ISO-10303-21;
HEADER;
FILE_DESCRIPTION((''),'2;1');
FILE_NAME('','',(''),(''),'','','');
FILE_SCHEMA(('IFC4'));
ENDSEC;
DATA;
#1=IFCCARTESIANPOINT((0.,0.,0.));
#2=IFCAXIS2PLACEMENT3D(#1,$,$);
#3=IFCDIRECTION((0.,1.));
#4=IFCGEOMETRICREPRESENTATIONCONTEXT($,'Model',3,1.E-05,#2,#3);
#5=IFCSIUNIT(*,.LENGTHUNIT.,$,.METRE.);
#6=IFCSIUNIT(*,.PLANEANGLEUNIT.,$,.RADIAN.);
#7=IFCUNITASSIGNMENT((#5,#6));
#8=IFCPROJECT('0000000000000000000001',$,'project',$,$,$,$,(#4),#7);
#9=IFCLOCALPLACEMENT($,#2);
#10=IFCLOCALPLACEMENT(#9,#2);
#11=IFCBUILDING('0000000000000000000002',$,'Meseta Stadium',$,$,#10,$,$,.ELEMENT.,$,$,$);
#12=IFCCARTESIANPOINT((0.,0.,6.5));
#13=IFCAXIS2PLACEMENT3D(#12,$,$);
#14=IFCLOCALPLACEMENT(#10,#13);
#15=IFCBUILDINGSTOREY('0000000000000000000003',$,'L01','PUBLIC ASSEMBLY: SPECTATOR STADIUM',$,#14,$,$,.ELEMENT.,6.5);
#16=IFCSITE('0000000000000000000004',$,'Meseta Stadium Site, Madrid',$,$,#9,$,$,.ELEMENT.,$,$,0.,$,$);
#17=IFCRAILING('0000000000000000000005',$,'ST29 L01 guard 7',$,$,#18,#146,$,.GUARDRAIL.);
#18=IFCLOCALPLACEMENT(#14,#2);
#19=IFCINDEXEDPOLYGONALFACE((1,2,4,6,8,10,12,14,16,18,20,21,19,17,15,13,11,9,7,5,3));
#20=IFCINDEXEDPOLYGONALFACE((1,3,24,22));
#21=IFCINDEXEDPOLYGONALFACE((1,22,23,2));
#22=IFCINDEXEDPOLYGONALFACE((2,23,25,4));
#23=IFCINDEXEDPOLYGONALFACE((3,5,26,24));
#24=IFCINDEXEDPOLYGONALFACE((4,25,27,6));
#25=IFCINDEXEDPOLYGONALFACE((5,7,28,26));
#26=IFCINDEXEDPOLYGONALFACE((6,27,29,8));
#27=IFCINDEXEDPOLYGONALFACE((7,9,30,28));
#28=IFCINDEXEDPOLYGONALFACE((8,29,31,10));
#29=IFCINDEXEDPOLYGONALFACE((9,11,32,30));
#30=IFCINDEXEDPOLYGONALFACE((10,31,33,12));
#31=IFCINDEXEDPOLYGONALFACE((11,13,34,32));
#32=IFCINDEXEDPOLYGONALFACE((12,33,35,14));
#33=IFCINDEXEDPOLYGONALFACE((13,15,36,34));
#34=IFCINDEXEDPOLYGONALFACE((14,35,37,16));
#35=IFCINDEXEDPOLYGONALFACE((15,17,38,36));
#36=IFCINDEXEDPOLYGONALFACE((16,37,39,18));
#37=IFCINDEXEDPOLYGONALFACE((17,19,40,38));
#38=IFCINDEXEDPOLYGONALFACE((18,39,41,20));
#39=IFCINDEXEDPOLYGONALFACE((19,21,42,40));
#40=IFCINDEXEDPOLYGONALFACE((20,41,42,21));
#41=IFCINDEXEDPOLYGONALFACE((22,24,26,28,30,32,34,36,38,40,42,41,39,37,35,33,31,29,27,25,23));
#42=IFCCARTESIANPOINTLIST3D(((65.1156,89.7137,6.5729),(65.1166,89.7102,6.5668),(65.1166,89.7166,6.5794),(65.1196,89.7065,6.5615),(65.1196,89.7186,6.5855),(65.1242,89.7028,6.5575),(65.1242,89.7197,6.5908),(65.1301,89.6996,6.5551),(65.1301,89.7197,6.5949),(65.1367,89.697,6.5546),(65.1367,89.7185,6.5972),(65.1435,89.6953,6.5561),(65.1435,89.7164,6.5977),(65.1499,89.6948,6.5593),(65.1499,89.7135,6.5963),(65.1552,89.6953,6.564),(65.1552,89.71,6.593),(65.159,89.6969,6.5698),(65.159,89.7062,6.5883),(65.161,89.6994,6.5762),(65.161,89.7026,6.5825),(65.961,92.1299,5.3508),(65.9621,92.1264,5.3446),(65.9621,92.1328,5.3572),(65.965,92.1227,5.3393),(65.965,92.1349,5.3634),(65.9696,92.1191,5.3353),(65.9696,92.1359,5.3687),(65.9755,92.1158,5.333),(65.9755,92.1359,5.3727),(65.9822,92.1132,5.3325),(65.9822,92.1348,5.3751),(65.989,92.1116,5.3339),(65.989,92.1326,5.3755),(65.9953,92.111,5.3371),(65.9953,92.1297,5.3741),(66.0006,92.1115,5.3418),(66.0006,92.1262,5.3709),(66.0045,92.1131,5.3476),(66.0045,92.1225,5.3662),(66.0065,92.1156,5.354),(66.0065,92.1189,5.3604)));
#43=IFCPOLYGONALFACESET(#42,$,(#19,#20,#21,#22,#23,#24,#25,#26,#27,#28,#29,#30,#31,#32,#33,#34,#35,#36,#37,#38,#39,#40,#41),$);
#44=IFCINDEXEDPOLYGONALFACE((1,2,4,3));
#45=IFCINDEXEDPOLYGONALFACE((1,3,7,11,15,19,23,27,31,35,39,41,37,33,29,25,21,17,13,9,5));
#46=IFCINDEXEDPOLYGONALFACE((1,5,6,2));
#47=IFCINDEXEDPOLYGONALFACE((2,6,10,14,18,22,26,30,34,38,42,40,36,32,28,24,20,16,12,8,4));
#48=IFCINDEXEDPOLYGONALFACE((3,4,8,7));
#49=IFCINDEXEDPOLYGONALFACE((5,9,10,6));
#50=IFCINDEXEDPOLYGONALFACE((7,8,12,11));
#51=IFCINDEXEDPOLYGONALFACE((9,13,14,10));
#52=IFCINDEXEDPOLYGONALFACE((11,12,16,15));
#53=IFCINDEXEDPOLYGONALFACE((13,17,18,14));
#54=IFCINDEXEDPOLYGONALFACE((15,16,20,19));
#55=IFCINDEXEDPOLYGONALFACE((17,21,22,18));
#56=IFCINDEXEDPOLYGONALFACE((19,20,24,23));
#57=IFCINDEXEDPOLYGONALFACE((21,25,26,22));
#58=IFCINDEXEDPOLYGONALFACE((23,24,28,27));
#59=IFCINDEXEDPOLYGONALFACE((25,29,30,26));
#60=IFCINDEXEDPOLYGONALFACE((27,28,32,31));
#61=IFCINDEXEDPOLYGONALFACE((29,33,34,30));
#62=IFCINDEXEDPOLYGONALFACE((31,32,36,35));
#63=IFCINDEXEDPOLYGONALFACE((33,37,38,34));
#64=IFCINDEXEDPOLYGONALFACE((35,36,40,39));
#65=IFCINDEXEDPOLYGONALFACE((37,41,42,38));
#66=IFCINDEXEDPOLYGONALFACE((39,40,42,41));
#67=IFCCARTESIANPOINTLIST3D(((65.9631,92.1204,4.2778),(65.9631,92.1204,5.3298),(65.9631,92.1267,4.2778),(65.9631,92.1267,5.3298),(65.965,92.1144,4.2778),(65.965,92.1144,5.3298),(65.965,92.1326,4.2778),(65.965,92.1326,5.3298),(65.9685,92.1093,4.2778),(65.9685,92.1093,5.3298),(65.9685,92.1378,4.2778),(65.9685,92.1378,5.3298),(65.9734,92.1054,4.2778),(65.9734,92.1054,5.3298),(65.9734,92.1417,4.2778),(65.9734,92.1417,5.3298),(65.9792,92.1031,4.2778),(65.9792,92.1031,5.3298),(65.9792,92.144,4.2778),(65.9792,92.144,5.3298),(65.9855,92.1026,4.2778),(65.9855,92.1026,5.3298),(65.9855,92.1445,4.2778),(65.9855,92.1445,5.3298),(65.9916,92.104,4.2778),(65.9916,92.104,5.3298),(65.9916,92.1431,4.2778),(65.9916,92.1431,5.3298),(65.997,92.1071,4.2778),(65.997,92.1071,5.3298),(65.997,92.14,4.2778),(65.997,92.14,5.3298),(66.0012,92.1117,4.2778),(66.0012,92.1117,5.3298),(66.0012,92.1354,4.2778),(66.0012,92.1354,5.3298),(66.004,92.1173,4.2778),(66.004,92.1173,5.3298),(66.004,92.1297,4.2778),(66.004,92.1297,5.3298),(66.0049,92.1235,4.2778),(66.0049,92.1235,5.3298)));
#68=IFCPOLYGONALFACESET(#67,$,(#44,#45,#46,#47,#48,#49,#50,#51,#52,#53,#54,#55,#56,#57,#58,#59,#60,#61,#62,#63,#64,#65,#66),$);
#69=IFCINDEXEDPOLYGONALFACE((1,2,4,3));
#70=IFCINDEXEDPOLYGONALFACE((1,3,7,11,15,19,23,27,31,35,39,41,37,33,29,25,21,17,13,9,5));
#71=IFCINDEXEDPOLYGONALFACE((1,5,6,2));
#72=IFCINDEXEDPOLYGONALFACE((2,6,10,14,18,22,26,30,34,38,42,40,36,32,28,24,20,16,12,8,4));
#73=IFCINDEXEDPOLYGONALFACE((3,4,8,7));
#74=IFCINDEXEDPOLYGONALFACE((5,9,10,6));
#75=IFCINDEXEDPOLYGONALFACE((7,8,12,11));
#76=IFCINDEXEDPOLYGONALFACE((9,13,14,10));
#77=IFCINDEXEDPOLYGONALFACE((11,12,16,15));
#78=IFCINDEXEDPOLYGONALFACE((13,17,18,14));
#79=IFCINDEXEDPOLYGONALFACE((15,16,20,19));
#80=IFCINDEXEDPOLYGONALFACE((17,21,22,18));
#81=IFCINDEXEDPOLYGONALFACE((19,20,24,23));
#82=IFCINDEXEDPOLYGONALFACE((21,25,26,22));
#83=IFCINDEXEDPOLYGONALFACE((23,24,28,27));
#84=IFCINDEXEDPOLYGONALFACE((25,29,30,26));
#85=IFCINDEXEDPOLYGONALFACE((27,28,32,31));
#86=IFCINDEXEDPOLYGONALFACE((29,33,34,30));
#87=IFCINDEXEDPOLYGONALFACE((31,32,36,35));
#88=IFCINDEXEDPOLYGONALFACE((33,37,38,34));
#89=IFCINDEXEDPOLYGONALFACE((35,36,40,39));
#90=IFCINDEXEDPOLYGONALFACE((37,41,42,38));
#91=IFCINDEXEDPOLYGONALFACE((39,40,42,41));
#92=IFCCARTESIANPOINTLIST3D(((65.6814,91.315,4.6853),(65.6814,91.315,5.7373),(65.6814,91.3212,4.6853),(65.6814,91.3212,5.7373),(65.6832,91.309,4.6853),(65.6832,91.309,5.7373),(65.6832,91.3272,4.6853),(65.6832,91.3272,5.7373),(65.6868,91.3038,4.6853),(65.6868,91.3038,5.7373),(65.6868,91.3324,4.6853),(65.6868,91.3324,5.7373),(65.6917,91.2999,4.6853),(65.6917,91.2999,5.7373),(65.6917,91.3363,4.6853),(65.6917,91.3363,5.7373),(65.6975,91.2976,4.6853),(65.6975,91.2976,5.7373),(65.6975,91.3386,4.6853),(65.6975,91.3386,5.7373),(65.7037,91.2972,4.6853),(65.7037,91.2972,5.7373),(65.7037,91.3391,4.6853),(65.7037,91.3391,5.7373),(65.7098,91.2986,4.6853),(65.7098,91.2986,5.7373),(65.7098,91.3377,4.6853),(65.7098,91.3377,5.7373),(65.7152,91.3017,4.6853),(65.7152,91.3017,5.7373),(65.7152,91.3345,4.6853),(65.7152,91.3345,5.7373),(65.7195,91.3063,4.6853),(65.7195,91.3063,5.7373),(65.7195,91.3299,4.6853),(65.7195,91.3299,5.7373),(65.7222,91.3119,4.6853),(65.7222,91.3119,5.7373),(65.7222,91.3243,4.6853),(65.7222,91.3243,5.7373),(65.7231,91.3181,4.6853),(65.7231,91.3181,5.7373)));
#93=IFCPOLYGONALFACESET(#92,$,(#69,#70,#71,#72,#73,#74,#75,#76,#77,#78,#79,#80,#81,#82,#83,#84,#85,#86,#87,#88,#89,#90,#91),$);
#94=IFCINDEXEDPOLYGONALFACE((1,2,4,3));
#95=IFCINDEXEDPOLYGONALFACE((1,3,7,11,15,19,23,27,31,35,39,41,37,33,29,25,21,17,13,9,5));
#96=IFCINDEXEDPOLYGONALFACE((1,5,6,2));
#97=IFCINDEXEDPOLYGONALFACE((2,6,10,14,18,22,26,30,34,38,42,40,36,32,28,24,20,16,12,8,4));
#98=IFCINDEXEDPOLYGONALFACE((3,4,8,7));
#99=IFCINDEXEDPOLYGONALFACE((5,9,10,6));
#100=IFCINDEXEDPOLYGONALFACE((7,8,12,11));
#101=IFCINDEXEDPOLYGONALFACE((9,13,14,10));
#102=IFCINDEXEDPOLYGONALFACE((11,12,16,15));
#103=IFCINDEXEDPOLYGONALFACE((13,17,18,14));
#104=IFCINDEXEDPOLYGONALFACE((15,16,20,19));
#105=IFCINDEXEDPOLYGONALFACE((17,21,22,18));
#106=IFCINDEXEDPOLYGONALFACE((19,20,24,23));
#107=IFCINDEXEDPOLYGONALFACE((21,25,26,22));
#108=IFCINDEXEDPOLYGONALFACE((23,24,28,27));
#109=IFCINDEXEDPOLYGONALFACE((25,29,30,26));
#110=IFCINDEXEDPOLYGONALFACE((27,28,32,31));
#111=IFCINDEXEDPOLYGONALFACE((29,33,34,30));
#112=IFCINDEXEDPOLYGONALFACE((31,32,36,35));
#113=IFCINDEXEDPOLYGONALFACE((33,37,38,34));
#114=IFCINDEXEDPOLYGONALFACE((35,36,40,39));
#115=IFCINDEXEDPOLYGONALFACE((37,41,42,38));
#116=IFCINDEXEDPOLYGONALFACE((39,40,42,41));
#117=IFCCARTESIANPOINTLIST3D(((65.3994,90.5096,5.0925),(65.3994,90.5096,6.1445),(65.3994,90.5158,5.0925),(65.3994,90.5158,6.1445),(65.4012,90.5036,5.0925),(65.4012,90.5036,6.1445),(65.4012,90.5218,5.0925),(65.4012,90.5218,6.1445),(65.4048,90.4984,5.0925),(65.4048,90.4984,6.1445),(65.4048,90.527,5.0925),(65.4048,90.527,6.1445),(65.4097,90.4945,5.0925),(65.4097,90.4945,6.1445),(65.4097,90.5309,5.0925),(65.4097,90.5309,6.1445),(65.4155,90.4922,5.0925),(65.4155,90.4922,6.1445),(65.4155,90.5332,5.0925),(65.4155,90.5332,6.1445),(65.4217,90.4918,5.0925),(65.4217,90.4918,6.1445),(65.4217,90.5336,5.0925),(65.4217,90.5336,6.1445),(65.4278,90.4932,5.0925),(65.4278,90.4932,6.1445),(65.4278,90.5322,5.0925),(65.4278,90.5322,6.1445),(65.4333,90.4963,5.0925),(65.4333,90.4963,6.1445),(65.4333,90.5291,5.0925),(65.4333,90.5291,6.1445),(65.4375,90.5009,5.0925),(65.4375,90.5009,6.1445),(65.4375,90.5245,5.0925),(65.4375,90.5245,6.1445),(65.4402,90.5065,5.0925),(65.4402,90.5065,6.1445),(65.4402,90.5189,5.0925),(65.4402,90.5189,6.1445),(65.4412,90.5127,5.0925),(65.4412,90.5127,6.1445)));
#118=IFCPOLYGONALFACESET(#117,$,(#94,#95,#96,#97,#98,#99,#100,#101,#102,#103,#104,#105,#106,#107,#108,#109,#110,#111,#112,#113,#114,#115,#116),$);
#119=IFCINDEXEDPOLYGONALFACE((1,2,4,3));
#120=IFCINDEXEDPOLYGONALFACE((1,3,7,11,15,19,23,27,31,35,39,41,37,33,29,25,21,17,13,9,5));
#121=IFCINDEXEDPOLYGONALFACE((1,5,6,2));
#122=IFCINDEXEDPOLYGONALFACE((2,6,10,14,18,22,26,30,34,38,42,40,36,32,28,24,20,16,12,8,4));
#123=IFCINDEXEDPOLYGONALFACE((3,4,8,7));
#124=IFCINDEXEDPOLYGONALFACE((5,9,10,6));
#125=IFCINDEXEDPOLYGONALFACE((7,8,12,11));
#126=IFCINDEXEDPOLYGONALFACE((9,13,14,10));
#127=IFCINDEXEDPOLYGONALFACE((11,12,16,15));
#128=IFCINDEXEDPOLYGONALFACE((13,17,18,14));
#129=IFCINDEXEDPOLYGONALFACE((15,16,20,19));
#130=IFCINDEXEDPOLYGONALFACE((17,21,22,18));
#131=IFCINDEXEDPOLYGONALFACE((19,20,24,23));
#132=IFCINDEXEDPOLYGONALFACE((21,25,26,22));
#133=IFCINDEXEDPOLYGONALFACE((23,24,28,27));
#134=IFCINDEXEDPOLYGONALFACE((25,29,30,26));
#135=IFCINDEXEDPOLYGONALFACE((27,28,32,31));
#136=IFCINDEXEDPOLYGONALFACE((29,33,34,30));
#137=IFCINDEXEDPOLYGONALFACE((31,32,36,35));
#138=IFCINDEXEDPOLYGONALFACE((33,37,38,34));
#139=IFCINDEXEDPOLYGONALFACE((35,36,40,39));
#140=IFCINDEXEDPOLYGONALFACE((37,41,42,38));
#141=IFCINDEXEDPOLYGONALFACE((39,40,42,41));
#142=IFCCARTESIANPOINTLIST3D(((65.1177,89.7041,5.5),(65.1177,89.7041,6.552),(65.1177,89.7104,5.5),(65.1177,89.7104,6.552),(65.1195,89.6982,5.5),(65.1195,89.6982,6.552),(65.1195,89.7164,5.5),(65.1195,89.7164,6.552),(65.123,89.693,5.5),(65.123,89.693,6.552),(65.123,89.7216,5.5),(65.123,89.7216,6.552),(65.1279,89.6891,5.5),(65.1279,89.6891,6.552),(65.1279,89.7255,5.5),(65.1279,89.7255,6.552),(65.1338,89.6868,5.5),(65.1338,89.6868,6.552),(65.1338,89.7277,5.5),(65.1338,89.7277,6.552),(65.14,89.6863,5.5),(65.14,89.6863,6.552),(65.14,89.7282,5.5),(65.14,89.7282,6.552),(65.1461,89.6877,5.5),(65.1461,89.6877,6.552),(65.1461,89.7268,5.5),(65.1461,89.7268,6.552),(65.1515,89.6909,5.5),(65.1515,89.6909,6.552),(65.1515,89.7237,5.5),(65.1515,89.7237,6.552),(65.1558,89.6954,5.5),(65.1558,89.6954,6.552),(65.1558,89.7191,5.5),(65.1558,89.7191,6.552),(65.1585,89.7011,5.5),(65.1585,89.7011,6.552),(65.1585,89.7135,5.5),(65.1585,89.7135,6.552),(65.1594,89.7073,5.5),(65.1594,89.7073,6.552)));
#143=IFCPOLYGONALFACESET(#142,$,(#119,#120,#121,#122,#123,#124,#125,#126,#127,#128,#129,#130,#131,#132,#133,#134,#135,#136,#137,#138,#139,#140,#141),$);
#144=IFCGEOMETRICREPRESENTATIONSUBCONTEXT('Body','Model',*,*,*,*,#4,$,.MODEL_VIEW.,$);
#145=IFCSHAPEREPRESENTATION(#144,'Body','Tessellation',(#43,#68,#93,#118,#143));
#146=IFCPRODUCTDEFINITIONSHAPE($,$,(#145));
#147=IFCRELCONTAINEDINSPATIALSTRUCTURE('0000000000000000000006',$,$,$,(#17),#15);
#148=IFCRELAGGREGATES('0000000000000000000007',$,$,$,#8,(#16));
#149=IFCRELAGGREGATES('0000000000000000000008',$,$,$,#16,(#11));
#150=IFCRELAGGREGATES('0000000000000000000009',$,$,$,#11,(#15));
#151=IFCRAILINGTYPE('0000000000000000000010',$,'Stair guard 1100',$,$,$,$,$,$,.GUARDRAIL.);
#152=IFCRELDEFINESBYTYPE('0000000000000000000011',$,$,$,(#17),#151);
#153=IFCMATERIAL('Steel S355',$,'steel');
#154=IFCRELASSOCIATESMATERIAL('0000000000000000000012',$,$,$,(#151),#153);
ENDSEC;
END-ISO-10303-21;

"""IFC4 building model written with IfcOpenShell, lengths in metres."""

from ifc_helpers import new_model, si_unit, direction, frame, origin, origin_2d, place, context, subcontext, project, spatial, circle, extrude, material, type_object, element, save


model = new_model("IFC4")

# Units and contexts
model_context = context("Model", 3, precision=1e-05, world=origin(), true_north=direction((0.0, 1.0)))
body_context = subcontext(model_context, "Body", "Model", "MODEL_VIEW")
ifc_project = project(units=[si_unit("LENGTHUNIT", "METRE"), si_unit("PLANEANGLEUNIT", "RADIAN")], contexts=[model_context])

# Site, building, storey
site_placement = place(None, origin())
site = spatial("IfcSite", under=ifc_project, at=site_placement, Name="Meseta Stadium Site, Madrid", CompositionType="ELEMENT", RefElevation=0.0)
building_placement = place(site_placement, origin())
building = spatial("IfcBuilding", under=site, at=building_placement, Name="Meseta Stadium", CompositionType="ELEMENT")
storey_placement = place(building_placement, frame((0.0, 0.0, 6.5)))
storey = spatial("IfcBuildingStorey", under=building, at=storey_placement, Name="L01", Description="PUBLIC ASSEMBLY: SPECTATOR STADIUM", CompositionType="ELEMENT", Elevation=6.5)

# Railing
ifc_material_1 = material(Name="Steel S355", Category="steel")
railing_type_1 = type_object("IfcRailingType", Name="Stair guard 1100", PredefinedType="GUARDRAIL", material=ifc_material_1)
railing_1_placement = place(storey_placement, frame((65.9839, 92.1235, 4.2778)))
element("IfcRailing", 1, at=railing_1_placement, inside=storey, type_object=railing_type_1, Name="ST29 L01 guard 7", PredefinedType="GUARDRAIL", context=body_context, shape_type="SweptSolid", body=[
    extrude(circle(Radius=0.0239, at=origin_2d()), frame((0.0, 0.0, 1.0762), z_axis=(-0.298044, -0.851789, 0.430843), x_axis=(0.943887, -0.33027, 0.0)), (0.0, 0.0, 1.0), 2.8367),
    extrude(circle(Radius=0.021, at=origin_2d()), origin(), (0.0, 0.0, 1.0), 1.052),
    extrude(circle(Radius=0.021, at=origin_2d()), frame((-0.2817, -0.8054, 0.4075)), (0.0, 0.0, 1.0), 1.052),
    extrude(circle(Radius=0.021, at=origin_2d()), frame((-0.5637, -1.6108, 0.8147)), (0.0, 0.0, 1.0), 1.052),
    extrude(circle(Radius=0.021, at=origin_2d()), frame((-0.8455, -2.4163, 1.2222)), (0.0, 0.0, 1.0), 1.052),
])

save(model, "model.ifc")
